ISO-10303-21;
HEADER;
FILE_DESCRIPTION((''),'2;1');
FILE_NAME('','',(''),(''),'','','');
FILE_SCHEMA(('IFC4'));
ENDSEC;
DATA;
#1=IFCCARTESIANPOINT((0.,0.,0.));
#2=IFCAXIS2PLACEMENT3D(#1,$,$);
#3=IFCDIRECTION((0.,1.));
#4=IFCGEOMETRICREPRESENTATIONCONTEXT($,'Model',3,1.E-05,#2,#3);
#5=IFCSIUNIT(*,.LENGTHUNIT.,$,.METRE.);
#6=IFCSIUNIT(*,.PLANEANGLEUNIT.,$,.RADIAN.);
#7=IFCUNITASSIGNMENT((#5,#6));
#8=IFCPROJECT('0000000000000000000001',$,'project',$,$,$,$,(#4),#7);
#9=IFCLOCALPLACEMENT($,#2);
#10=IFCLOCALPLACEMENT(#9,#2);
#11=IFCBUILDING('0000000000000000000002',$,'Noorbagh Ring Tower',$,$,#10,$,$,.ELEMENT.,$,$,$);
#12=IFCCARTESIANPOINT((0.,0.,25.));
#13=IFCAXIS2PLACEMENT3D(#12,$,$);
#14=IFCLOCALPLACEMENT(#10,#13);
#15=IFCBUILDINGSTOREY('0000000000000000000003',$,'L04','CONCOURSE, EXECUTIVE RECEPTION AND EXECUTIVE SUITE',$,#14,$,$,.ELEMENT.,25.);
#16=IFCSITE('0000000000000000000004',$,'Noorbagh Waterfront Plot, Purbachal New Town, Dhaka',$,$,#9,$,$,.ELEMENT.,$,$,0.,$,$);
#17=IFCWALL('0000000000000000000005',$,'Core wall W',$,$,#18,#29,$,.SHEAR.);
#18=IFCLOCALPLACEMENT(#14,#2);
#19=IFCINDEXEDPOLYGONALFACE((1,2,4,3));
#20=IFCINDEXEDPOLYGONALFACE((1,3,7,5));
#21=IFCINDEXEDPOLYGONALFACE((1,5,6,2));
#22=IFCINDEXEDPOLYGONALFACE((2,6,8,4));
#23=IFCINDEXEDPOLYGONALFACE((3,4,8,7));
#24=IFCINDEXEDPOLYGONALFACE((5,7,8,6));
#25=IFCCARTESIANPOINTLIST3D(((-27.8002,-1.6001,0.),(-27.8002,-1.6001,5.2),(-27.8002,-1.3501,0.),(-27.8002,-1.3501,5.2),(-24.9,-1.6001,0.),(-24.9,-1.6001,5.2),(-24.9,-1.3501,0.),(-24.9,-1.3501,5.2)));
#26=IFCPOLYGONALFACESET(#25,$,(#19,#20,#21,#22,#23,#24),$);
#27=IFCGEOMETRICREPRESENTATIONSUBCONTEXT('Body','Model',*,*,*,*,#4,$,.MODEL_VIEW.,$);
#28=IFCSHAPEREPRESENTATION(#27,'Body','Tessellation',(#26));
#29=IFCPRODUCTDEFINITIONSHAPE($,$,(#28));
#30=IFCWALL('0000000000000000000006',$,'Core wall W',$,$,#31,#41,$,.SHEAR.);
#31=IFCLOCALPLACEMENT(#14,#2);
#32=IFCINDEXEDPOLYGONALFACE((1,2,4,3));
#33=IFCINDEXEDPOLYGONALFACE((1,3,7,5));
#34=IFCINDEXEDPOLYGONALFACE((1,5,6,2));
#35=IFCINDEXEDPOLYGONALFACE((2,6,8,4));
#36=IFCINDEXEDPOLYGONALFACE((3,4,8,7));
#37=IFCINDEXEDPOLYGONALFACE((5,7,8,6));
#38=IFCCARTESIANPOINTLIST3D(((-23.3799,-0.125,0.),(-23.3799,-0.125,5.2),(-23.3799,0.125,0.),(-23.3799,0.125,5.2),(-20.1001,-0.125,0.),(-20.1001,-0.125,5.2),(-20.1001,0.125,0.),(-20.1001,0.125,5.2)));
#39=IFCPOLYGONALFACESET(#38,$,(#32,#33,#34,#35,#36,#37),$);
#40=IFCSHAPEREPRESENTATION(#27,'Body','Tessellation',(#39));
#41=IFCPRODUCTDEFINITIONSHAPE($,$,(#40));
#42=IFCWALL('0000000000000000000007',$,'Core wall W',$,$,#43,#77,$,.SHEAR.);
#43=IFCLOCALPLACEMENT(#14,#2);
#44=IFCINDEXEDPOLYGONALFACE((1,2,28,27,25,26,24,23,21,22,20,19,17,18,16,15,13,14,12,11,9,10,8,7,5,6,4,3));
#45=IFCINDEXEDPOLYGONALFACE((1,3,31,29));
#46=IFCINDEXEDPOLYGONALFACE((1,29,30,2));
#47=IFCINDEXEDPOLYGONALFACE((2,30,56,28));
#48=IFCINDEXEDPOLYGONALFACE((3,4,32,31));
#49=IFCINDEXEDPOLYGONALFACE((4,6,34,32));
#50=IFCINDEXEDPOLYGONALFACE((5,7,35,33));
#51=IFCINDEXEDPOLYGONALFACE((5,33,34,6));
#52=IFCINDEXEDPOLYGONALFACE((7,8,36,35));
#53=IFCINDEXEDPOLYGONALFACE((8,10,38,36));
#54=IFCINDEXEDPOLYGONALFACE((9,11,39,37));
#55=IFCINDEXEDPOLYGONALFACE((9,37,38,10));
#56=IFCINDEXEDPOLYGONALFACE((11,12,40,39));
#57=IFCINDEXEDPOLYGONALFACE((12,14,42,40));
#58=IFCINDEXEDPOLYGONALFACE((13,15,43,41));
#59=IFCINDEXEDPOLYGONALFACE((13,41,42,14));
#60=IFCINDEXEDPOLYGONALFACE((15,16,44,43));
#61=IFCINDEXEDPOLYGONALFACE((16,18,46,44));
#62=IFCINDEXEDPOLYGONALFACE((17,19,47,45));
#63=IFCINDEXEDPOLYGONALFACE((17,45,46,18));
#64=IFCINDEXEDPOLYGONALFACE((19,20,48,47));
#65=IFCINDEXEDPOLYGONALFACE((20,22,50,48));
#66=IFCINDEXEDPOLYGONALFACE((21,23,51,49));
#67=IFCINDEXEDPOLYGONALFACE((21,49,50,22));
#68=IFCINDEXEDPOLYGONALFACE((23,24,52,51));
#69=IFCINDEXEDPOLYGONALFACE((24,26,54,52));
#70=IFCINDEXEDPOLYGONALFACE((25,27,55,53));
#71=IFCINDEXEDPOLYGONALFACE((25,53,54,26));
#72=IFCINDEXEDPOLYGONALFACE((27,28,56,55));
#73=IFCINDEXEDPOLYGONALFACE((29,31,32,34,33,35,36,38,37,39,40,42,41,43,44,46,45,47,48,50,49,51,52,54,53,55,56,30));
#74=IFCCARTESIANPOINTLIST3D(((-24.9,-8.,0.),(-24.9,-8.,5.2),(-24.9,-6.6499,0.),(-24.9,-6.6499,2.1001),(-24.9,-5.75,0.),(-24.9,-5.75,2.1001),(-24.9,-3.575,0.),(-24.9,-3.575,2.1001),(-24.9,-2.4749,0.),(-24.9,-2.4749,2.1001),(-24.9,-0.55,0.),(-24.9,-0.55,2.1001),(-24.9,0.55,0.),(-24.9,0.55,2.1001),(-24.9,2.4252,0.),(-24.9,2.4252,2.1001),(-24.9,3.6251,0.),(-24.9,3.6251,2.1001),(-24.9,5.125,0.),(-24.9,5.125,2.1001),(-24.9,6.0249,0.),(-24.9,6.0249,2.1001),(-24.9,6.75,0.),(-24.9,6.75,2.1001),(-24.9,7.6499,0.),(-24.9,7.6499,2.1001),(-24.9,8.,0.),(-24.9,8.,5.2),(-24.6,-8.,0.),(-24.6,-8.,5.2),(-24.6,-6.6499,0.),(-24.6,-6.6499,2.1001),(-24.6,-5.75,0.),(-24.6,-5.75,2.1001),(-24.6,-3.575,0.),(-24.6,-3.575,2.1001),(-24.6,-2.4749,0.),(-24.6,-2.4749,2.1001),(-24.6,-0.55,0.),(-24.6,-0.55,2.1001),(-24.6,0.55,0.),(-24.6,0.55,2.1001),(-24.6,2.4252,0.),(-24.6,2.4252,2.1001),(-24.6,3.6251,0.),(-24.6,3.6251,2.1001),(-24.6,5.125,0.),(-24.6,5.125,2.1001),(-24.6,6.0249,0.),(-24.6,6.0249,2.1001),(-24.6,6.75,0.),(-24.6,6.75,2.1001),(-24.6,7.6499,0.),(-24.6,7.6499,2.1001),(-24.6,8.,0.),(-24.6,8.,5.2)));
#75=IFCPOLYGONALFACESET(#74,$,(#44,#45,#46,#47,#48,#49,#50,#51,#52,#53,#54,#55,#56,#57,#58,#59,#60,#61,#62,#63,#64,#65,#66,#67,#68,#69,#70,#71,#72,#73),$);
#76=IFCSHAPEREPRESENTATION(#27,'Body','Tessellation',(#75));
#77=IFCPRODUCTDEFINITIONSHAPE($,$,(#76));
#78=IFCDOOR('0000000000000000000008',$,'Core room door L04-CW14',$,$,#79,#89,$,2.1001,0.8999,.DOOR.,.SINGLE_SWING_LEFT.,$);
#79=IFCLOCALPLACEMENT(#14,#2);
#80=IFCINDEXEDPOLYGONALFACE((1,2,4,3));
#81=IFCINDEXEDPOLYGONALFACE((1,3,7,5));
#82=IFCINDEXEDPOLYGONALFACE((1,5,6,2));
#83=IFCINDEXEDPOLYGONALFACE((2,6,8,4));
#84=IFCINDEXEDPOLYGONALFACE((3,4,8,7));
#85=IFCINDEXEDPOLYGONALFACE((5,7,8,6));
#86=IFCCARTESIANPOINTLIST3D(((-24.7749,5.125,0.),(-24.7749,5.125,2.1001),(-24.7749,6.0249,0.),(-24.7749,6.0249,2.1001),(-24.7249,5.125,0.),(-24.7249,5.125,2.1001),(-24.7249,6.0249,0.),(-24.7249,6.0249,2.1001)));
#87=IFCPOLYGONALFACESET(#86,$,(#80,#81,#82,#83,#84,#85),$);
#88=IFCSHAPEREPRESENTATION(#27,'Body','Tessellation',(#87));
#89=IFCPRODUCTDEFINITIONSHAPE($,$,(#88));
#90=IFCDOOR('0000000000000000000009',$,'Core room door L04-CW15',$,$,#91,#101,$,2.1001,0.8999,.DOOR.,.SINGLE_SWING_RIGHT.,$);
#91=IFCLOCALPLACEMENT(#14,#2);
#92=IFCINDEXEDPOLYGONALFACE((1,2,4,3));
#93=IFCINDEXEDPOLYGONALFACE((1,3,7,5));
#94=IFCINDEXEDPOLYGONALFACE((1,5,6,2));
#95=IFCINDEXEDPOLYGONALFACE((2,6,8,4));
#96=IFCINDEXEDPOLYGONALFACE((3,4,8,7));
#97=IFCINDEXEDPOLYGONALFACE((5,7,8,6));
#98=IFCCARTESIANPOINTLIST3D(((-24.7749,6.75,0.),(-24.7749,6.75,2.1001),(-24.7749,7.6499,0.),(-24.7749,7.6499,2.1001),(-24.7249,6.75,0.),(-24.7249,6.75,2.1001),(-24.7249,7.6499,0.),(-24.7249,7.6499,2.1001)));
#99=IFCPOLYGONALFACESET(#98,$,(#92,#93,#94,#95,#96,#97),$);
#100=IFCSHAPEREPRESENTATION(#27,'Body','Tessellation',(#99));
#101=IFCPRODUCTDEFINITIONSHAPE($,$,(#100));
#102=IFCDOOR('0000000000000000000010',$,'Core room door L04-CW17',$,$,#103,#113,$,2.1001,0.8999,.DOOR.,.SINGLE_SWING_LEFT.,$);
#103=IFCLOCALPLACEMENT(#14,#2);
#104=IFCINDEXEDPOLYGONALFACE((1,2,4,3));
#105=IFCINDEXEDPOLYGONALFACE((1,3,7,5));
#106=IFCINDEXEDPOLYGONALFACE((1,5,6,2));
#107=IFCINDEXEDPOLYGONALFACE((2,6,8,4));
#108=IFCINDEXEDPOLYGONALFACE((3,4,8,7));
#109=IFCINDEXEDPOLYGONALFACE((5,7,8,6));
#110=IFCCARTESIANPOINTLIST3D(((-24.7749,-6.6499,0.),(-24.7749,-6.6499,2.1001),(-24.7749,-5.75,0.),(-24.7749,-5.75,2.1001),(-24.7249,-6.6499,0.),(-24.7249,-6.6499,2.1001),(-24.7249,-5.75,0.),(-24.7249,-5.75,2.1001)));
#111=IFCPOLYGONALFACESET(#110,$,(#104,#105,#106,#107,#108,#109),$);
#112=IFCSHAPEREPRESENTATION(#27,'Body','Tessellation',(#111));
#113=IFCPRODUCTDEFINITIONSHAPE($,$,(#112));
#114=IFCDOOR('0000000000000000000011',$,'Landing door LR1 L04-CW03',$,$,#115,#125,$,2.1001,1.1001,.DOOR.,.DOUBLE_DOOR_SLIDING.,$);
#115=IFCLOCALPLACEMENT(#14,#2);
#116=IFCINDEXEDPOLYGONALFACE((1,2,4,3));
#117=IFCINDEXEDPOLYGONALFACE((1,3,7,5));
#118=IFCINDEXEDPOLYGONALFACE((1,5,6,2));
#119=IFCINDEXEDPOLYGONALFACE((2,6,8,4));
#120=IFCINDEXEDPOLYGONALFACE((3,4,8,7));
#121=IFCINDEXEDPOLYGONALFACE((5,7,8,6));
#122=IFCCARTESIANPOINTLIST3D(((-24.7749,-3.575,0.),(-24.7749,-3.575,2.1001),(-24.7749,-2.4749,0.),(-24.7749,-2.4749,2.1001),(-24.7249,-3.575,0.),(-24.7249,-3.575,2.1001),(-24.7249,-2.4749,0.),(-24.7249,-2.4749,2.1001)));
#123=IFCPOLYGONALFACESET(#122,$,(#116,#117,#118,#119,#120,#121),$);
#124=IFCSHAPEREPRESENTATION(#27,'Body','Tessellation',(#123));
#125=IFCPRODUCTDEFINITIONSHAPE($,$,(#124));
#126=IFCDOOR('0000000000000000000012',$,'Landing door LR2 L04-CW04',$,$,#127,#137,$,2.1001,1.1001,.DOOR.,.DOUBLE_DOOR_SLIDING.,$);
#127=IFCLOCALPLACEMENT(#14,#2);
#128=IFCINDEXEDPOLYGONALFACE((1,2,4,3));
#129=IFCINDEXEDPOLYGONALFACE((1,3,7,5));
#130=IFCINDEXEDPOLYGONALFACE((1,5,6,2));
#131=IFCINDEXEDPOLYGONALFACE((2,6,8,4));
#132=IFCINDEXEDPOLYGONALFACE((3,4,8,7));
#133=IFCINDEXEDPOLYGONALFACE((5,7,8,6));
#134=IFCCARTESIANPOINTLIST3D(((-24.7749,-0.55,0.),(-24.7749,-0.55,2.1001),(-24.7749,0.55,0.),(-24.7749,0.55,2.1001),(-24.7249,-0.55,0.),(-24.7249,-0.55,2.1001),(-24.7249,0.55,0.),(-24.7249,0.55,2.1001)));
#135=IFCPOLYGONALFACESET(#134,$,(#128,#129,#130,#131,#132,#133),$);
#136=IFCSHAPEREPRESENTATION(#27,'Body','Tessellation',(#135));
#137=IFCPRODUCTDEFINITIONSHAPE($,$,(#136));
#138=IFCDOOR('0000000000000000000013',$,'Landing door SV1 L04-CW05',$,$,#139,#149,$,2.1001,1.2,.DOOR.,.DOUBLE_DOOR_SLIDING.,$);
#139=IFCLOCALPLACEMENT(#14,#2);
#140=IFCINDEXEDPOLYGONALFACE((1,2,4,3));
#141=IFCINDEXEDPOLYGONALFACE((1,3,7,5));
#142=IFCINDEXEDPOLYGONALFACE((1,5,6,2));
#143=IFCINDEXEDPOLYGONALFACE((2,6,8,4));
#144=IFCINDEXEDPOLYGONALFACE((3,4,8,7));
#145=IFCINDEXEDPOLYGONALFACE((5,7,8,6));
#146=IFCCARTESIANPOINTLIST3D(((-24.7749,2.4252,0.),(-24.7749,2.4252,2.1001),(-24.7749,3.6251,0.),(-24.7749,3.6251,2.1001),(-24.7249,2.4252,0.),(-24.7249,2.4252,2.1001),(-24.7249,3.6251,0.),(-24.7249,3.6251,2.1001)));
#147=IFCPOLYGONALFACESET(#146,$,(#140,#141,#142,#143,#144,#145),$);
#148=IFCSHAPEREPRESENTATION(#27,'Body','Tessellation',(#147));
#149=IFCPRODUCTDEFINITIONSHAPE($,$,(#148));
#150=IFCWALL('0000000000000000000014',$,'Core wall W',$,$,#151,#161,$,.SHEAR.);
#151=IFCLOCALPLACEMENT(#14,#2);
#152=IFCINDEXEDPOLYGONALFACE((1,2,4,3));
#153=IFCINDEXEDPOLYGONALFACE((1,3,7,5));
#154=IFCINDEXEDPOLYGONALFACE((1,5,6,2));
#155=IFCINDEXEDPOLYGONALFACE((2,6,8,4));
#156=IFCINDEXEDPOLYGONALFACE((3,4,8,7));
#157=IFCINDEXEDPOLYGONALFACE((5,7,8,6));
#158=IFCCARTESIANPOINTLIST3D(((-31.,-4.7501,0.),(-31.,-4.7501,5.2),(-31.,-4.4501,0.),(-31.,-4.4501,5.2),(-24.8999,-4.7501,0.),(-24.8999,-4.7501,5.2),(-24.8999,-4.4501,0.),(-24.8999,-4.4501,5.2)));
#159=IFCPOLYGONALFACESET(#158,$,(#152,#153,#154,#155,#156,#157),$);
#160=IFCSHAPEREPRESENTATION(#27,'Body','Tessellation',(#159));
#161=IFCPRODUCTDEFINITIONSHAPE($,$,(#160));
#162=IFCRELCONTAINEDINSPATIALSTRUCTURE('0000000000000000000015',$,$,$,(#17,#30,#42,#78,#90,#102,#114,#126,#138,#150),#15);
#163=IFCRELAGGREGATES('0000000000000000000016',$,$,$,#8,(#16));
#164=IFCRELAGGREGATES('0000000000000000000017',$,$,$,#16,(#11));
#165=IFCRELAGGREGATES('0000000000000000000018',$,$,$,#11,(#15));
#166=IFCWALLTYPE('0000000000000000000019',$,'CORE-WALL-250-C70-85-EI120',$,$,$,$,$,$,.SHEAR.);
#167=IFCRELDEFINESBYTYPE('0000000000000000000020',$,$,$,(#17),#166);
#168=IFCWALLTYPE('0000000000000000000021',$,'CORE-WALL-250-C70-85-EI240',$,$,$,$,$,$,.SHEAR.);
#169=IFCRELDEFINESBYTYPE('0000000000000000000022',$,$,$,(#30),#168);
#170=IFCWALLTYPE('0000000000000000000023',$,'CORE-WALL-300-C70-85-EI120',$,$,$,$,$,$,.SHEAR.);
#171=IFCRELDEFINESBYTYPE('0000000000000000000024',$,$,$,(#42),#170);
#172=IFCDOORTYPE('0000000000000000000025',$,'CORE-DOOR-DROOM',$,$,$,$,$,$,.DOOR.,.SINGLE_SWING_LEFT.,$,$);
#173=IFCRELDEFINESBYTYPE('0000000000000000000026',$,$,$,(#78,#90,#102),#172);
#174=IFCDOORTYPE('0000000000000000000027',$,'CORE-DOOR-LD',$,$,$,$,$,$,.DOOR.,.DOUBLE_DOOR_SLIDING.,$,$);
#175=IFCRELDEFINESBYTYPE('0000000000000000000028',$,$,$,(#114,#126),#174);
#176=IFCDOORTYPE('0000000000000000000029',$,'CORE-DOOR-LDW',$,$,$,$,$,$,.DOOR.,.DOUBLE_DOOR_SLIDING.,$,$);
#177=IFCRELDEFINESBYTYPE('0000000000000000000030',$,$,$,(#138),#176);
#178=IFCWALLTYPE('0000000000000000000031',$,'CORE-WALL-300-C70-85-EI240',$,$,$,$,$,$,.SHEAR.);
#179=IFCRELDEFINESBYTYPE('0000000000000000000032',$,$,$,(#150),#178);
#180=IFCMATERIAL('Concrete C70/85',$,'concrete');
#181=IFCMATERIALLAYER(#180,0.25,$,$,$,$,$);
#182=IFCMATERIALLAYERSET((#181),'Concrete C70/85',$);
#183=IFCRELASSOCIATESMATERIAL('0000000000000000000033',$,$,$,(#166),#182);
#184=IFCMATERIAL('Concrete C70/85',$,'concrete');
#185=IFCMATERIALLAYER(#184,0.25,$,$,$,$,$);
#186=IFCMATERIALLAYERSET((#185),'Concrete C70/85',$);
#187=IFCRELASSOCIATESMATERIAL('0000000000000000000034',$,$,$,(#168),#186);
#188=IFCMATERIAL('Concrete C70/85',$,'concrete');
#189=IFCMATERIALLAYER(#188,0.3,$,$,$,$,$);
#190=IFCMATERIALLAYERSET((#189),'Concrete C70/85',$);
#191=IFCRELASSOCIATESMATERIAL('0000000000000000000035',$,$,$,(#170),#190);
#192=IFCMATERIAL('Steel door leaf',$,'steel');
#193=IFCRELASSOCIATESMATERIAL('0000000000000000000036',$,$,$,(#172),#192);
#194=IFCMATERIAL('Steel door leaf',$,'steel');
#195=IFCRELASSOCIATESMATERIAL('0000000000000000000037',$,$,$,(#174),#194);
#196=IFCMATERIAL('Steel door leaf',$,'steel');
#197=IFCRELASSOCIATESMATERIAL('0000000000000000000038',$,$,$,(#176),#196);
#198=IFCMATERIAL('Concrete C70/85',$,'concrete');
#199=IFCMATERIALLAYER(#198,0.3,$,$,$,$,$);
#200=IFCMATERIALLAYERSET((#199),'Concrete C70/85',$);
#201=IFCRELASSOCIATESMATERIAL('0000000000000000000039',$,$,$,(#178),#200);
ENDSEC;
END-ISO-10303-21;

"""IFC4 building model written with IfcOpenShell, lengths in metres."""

from ifc_helpers import new_model, si_unit, direction, frame, frame_2d, origin, place, context, subcontext, project, spatial, rectangle, extrude, material, layer, layer_set, type_object, element, fill, save


model = new_model("IFC4")

# Units and contexts
model_context = context("Model", 3, precision=1e-05, world=origin(), true_north=direction((0.0, 1.0)))
body_context = subcontext(model_context, "Body", "Model", "MODEL_VIEW")
ifc_project = project(units=[si_unit("LENGTHUNIT", "METRE"), si_unit("PLANEANGLEUNIT", "RADIAN")], contexts=[model_context])

# Site, building, storey
site_placement = place(None, origin())
site = spatial("IfcSite", under=ifc_project, at=site_placement, Name="Noorbagh Waterfront Plot, Purbachal New Town, Dhaka", CompositionType="ELEMENT", RefElevation=0.0)
building_placement = place(site_placement, origin())
building = spatial("IfcBuilding", under=site, at=building_placement, Name="Noorbagh Ring Tower", CompositionType="ELEMENT")
storey_placement = place(building_placement, frame((0.0, 0.0, 25.0)))
storey = spatial("IfcBuildingStorey", under=building, at=storey_placement, Name="L04", Description="CONCOURSE, EXECUTIVE RECEPTION AND EXECUTIVE SUITE", CompositionType="ELEMENT", Elevation=25.0)

# Walls
ifc_material_1 = material(Name="Concrete C70/85", Category="concrete")
ifc_layer_1 = layer(ifc_material_1, 0.25)
ifc_layer_set_1 = layer_set([ifc_layer_1], Name="Concrete C70/85")
wall_type_1 = type_object("IfcWallType", Name="CORE-WALL-250-C70-85-EI120", PredefinedType="SHEAR", material=ifc_layer_set_1)
wall_1_placement = place(storey_placement, frame((-24.8999, -1.4751, 0.0), z_axis=(0.0, 0.0, 1.0), x_axis=(-1.0, 0.0, 0.0)))
element("IfcWall", 1, at=wall_1_placement, inside=storey, type_object=wall_type_1, Name="Core wall W", PredefinedType="SHEAR", context=body_context, shape_type="SweptSolid", body=[
    extrude(rectangle(XDim=2.9001, YDim=0.25, at=frame_2d((1.4502, 0.0))), origin(), (0.0, 0.0, 1.0), 5.2),
])
ifc_material_2 = material(Name="Concrete C70/85", Category="concrete")
ifc_layer_2 = layer(ifc_material_2, 0.25)
ifc_layer_set_2 = layer_set([ifc_layer_2], Name="Concrete C70/85")
wall_type_2 = type_object("IfcWallType", Name="CORE-WALL-250-C70-85-EI240", PredefinedType="SHEAR", material=ifc_layer_set_2)
wall_2_placement = place(storey_placement, frame((-20.1001, 0.0, 0.0), z_axis=(0.0, 0.0, 1.0), x_axis=(-1.0, 0.0, 0.0)))
element("IfcWall", 2, at=wall_2_placement, inside=storey, type_object=wall_type_2, Name="Core wall W", PredefinedType="SHEAR", context=body_context, shape_type="SweptSolid", body=[
    extrude(rectangle(XDim=3.2798, YDim=0.25, at=frame_2d((1.6399, 0.0))), origin(), (0.0, 0.0, 1.0), 5.2),
])

# Wall, openings, doors
ifc_material_3 = material(Name="Concrete C70/85", Category="concrete")
ifc_layer_3 = layer(ifc_material_3, 0.3)
ifc_layer_set_3 = layer_set([ifc_layer_3], Name="Concrete C70/85")
wall_type_3 = type_object("IfcWallType", Name="CORE-WALL-300-C70-85-EI120", PredefinedType="SHEAR", material=ifc_layer_set_3)
wall_3_placement = place(storey_placement, frame((-24.75, -8.0, 0.0), z_axis=(0.0, 0.0, 1.0), x_axis=(0.0, 1.0, 0.0)))
wall_3 = element("IfcWall", 3, at=wall_3_placement, inside=storey, type_object=wall_type_3, Name="Core wall W", PredefinedType="SHEAR", context=body_context, shape_type="SweptSolid", body=[
    extrude(rectangle(XDim=16.0, YDim=0.3, at=frame_2d((8.0, 0.0))), origin(), (0.0, 0.0, 1.0), 5.2),
])
opening_1_placement = place(wall_3_placement, frame((4.425, 0.0, 0.0)))
opening_1 = element("IfcOpeningElement", 4, at=opening_1_placement, cuts=wall_3, PredefinedType="OPENING", context=body_context, shape_type="SweptSolid", body=[
    extrude(rectangle(XDim=1.1001, YDim=2.1001, at=frame_2d((0.55, 1.05))), frame((0.0, 0.1602, 0.0), z_axis=(0.0, -1.0, 0.0), x_axis=(1.0, 0.0, 0.0)), (0.0, 0.0, 1.0), 0.3201),
])
opening_2_placement = place(wall_3_placement, frame((7.45, 0.0, 0.0)))
opening_2 = element("IfcOpeningElement", 5, at=opening_2_placement, cuts=wall_3, PredefinedType="OPENING", context=body_context, shape_type="SweptSolid", body=[
    extrude(rectangle(XDim=1.1001, YDim=2.1001, at=frame_2d((0.55, 1.05))), frame((0.0, 0.1602, 0.0), z_axis=(0.0, -1.0, 0.0), x_axis=(1.0, 0.0, 0.0)), (0.0, 0.0, 1.0), 0.3201),
])
opening_3_placement = place(wall_3_placement, frame((10.425, 0.0, 0.0)))
opening_3 = element("IfcOpeningElement", 6, at=opening_3_placement, cuts=wall_3, PredefinedType="OPENING", context=body_context, shape_type="SweptSolid", body=[
    extrude(rectangle(XDim=1.2, YDim=2.1001, at=frame_2d((0.6001, 1.05))), frame((0.0, 0.1602, 0.0), z_axis=(0.0, -1.0, 0.0), x_axis=(1.0, 0.0, 0.0)), (0.0, 0.0, 1.0), 0.3201),
])
opening_4_placement = place(wall_3_placement, frame((13.125, 0.0, 0.0)))
opening_4 = element("IfcOpeningElement", 7, at=opening_4_placement, cuts=wall_3, PredefinedType="OPENING", context=body_context, shape_type="SweptSolid", body=[
    extrude(rectangle(XDim=0.8999, YDim=2.1001, at=frame_2d((0.45, 1.05))), frame((0.0, 0.1602, 0.0), z_axis=(0.0, -1.0, 0.0), x_axis=(1.0, 0.0, 0.0)), (0.0, 0.0, 1.0), 0.3201),
])
opening_5_placement = place(wall_3_placement, frame((14.75, 0.0, 0.0)))
opening_5 = element("IfcOpeningElement", 8, at=opening_5_placement, cuts=wall_3, PredefinedType="OPENING", context=body_context, shape_type="SweptSolid", body=[
    extrude(rectangle(XDim=0.8999, YDim=2.1001, at=frame_2d((0.45, 1.05))), frame((0.0, 0.1602, 0.0), z_axis=(0.0, -1.0, 0.0), x_axis=(1.0, 0.0, 0.0)), (0.0, 0.0, 1.0), 0.3201),
])
opening_6_placement = place(wall_3_placement, frame((1.3501, 0.0, 0.0)))
opening_6 = element("IfcOpeningElement", 9, at=opening_6_placement, cuts=wall_3, PredefinedType="OPENING", context=body_context, shape_type="SweptSolid", body=[
    extrude(rectangle(XDim=0.8999, YDim=2.1001, at=frame_2d((0.45, 1.05))), frame((0.0, 0.1602, 0.0), z_axis=(0.0, -1.0, 0.0), x_axis=(1.0, 0.0, 0.0)), (0.0, 0.0, 1.0), 0.3201),
])
ifc_material_4 = material(Name="Steel door leaf", Category="steel")
door_type_1 = type_object("IfcDoorType", Name="CORE-DOOR-DROOM", OperationType="SINGLE_SWING_LEFT", PredefinedType="DOOR", material=ifc_material_4)
door_1_placement = place(opening_4_placement, origin())
door_1 = element("IfcDoor", 10, at=door_1_placement, inside=storey, type_object=door_type_1, Name="Core room door L04-CW14", OperationType="SINGLE_SWING_LEFT", OverallHeight=2.1001, OverallWidth=0.8999, PredefinedType="DOOR", context=body_context, shape_type="SweptSolid", body=[
    extrude(rectangle(XDim=0.8999, YDim=2.1001, at=frame_2d((0.45, 1.05))), frame((0.0, 0.0249, 0.0), z_axis=(0.0, -1.0, 0.0), x_axis=(1.0, 0.0, 0.0)), (0.0, 0.0, 1.0), 0.05),
])
fill(opening_4, door_1)
door_2_placement = place(opening_5_placement, origin())
door_2 = element("IfcDoor", 11, at=door_2_placement, inside=storey, type_object=door_type_1, Name="Core room door L04-CW15", OperationType="SINGLE_SWING_RIGHT", OverallHeight=2.1001, OverallWidth=0.8999, PredefinedType="DOOR", context=body_context, shape_type="SweptSolid", body=[
    extrude(rectangle(XDim=0.8999, YDim=2.1001, at=frame_2d((0.45, 1.05))), frame((0.0, 0.0249, 0.0), z_axis=(0.0, -1.0, 0.0), x_axis=(1.0, 0.0, 0.0)), (0.0, 0.0, 1.0), 0.05),
])
fill(opening_5, door_2)
door_3_placement = place(opening_6_placement, origin())
door_3 = element("IfcDoor", 12, at=door_3_placement, inside=storey, type_object=door_type_1, Name="Core room door L04-CW17", OperationType="SINGLE_SWING_LEFT", OverallHeight=2.1001, OverallWidth=0.8999, PredefinedType="DOOR", context=body_context, shape_type="SweptSolid", body=[
    extrude(rectangle(XDim=0.8999, YDim=2.1001, at=frame_2d((0.45, 1.05))), frame((0.0, 0.0249, 0.0), z_axis=(0.0, -1.0, 0.0), x_axis=(1.0, 0.0, 0.0)), (0.0, 0.0, 1.0), 0.05),
])
fill(opening_6, door_3)
ifc_material_5 = material(Name="Steel door leaf", Category="steel")
door_type_2 = type_object("IfcDoorType", Name="CORE-DOOR-LD", OperationType="DOUBLE_DOOR_SLIDING", PredefinedType="DOOR", material=ifc_material_5)
door_4_placement = place(opening_1_placement, origin())
door_4 = element("IfcDoor", 13, at=door_4_placement, inside=storey, type_object=door_type_2, Name="Landing door LR1 L04-CW03", OperationType="DOUBLE_DOOR_SLIDING", OverallHeight=2.1001, OverallWidth=1.1001, PredefinedType="DOOR", context=body_context, shape_type="SweptSolid", body=[
    extrude(rectangle(XDim=1.1001, YDim=2.1001, at=frame_2d((0.55, 1.05))), frame((0.0, 0.0249, 0.0), z_axis=(0.0, -1.0, 0.0), x_axis=(1.0, 0.0, 0.0)), (0.0, 0.0, 1.0), 0.05),
])
fill(opening_1, door_4)
door_5_placement = place(opening_2_placement, origin())
door_5 = element("IfcDoor", 14, at=door_5_placement, inside=storey, type_object=door_type_2, Name="Landing door LR2 L04-CW04", OperationType="DOUBLE_DOOR_SLIDING", OverallHeight=2.1001, OverallWidth=1.1001, PredefinedType="DOOR", context=body_context, shape_type="SweptSolid", body=[
    extrude(rectangle(XDim=1.1001, YDim=2.1001, at=frame_2d((0.55, 1.05))), frame((0.0, 0.0249, 0.0), z_axis=(0.0, -1.0, 0.0), x_axis=(1.0, 0.0, 0.0)), (0.0, 0.0, 1.0), 0.05),
])
fill(opening_2, door_5)
ifc_material_6 = material(Name="Steel door leaf", Category="steel")
door_type_3 = type_object("IfcDoorType", Name="CORE-DOOR-LDW", OperationType="DOUBLE_DOOR_SLIDING", PredefinedType="DOOR", material=ifc_material_6)
door_6_placement = place(opening_3_placement, origin())
door_6 = element("IfcDoor", 15, at=door_6_placement, inside=storey, type_object=door_type_3, Name="Landing door SV1 L04-CW05", OperationType="DOUBLE_DOOR_SLIDING", OverallHeight=2.1001, OverallWidth=1.2, PredefinedType="DOOR", context=body_context, shape_type="SweptSolid", body=[
    extrude(rectangle(XDim=1.2, YDim=2.1001, at=frame_2d((0.6001, 1.05))), frame((0.0, 0.0249, 0.0), z_axis=(0.0, -1.0, 0.0), x_axis=(1.0, 0.0, 0.0)), (0.0, 0.0, 1.0), 0.05),
])
fill(opening_3, door_6)

# Wall
ifc_material_7 = material(Name="Concrete C70/85", Category="concrete")
ifc_layer_4 = layer(ifc_material_7, 0.3)
ifc_layer_set_4 = layer_set([ifc_layer_4], Name="Concrete C70/85")
wall_type_4 = type_object("IfcWallType", Name="CORE-WALL-300-C70-85-EI240", PredefinedType="SHEAR", material=ifc_layer_set_4)
wall_4_placement = place(storey_placement, frame((-24.8999, -4.6001, 0.0), z_axis=(0.0, 0.0, 1.0), x_axis=(-1.0, 0.0, 0.0)))
element("IfcWall", 16, at=wall_4_placement, inside=storey, type_object=wall_type_4, Name="Core wall W", PredefinedType="SHEAR", context=body_context, shape_type="SweptSolid", body=[
    extrude(rectangle(XDim=6.1001, YDim=0.3, at=frame_2d((3.05, 0.0))), origin(), (0.0, 0.0, 1.0), 5.2),
])

save(model, "model.ifc")
